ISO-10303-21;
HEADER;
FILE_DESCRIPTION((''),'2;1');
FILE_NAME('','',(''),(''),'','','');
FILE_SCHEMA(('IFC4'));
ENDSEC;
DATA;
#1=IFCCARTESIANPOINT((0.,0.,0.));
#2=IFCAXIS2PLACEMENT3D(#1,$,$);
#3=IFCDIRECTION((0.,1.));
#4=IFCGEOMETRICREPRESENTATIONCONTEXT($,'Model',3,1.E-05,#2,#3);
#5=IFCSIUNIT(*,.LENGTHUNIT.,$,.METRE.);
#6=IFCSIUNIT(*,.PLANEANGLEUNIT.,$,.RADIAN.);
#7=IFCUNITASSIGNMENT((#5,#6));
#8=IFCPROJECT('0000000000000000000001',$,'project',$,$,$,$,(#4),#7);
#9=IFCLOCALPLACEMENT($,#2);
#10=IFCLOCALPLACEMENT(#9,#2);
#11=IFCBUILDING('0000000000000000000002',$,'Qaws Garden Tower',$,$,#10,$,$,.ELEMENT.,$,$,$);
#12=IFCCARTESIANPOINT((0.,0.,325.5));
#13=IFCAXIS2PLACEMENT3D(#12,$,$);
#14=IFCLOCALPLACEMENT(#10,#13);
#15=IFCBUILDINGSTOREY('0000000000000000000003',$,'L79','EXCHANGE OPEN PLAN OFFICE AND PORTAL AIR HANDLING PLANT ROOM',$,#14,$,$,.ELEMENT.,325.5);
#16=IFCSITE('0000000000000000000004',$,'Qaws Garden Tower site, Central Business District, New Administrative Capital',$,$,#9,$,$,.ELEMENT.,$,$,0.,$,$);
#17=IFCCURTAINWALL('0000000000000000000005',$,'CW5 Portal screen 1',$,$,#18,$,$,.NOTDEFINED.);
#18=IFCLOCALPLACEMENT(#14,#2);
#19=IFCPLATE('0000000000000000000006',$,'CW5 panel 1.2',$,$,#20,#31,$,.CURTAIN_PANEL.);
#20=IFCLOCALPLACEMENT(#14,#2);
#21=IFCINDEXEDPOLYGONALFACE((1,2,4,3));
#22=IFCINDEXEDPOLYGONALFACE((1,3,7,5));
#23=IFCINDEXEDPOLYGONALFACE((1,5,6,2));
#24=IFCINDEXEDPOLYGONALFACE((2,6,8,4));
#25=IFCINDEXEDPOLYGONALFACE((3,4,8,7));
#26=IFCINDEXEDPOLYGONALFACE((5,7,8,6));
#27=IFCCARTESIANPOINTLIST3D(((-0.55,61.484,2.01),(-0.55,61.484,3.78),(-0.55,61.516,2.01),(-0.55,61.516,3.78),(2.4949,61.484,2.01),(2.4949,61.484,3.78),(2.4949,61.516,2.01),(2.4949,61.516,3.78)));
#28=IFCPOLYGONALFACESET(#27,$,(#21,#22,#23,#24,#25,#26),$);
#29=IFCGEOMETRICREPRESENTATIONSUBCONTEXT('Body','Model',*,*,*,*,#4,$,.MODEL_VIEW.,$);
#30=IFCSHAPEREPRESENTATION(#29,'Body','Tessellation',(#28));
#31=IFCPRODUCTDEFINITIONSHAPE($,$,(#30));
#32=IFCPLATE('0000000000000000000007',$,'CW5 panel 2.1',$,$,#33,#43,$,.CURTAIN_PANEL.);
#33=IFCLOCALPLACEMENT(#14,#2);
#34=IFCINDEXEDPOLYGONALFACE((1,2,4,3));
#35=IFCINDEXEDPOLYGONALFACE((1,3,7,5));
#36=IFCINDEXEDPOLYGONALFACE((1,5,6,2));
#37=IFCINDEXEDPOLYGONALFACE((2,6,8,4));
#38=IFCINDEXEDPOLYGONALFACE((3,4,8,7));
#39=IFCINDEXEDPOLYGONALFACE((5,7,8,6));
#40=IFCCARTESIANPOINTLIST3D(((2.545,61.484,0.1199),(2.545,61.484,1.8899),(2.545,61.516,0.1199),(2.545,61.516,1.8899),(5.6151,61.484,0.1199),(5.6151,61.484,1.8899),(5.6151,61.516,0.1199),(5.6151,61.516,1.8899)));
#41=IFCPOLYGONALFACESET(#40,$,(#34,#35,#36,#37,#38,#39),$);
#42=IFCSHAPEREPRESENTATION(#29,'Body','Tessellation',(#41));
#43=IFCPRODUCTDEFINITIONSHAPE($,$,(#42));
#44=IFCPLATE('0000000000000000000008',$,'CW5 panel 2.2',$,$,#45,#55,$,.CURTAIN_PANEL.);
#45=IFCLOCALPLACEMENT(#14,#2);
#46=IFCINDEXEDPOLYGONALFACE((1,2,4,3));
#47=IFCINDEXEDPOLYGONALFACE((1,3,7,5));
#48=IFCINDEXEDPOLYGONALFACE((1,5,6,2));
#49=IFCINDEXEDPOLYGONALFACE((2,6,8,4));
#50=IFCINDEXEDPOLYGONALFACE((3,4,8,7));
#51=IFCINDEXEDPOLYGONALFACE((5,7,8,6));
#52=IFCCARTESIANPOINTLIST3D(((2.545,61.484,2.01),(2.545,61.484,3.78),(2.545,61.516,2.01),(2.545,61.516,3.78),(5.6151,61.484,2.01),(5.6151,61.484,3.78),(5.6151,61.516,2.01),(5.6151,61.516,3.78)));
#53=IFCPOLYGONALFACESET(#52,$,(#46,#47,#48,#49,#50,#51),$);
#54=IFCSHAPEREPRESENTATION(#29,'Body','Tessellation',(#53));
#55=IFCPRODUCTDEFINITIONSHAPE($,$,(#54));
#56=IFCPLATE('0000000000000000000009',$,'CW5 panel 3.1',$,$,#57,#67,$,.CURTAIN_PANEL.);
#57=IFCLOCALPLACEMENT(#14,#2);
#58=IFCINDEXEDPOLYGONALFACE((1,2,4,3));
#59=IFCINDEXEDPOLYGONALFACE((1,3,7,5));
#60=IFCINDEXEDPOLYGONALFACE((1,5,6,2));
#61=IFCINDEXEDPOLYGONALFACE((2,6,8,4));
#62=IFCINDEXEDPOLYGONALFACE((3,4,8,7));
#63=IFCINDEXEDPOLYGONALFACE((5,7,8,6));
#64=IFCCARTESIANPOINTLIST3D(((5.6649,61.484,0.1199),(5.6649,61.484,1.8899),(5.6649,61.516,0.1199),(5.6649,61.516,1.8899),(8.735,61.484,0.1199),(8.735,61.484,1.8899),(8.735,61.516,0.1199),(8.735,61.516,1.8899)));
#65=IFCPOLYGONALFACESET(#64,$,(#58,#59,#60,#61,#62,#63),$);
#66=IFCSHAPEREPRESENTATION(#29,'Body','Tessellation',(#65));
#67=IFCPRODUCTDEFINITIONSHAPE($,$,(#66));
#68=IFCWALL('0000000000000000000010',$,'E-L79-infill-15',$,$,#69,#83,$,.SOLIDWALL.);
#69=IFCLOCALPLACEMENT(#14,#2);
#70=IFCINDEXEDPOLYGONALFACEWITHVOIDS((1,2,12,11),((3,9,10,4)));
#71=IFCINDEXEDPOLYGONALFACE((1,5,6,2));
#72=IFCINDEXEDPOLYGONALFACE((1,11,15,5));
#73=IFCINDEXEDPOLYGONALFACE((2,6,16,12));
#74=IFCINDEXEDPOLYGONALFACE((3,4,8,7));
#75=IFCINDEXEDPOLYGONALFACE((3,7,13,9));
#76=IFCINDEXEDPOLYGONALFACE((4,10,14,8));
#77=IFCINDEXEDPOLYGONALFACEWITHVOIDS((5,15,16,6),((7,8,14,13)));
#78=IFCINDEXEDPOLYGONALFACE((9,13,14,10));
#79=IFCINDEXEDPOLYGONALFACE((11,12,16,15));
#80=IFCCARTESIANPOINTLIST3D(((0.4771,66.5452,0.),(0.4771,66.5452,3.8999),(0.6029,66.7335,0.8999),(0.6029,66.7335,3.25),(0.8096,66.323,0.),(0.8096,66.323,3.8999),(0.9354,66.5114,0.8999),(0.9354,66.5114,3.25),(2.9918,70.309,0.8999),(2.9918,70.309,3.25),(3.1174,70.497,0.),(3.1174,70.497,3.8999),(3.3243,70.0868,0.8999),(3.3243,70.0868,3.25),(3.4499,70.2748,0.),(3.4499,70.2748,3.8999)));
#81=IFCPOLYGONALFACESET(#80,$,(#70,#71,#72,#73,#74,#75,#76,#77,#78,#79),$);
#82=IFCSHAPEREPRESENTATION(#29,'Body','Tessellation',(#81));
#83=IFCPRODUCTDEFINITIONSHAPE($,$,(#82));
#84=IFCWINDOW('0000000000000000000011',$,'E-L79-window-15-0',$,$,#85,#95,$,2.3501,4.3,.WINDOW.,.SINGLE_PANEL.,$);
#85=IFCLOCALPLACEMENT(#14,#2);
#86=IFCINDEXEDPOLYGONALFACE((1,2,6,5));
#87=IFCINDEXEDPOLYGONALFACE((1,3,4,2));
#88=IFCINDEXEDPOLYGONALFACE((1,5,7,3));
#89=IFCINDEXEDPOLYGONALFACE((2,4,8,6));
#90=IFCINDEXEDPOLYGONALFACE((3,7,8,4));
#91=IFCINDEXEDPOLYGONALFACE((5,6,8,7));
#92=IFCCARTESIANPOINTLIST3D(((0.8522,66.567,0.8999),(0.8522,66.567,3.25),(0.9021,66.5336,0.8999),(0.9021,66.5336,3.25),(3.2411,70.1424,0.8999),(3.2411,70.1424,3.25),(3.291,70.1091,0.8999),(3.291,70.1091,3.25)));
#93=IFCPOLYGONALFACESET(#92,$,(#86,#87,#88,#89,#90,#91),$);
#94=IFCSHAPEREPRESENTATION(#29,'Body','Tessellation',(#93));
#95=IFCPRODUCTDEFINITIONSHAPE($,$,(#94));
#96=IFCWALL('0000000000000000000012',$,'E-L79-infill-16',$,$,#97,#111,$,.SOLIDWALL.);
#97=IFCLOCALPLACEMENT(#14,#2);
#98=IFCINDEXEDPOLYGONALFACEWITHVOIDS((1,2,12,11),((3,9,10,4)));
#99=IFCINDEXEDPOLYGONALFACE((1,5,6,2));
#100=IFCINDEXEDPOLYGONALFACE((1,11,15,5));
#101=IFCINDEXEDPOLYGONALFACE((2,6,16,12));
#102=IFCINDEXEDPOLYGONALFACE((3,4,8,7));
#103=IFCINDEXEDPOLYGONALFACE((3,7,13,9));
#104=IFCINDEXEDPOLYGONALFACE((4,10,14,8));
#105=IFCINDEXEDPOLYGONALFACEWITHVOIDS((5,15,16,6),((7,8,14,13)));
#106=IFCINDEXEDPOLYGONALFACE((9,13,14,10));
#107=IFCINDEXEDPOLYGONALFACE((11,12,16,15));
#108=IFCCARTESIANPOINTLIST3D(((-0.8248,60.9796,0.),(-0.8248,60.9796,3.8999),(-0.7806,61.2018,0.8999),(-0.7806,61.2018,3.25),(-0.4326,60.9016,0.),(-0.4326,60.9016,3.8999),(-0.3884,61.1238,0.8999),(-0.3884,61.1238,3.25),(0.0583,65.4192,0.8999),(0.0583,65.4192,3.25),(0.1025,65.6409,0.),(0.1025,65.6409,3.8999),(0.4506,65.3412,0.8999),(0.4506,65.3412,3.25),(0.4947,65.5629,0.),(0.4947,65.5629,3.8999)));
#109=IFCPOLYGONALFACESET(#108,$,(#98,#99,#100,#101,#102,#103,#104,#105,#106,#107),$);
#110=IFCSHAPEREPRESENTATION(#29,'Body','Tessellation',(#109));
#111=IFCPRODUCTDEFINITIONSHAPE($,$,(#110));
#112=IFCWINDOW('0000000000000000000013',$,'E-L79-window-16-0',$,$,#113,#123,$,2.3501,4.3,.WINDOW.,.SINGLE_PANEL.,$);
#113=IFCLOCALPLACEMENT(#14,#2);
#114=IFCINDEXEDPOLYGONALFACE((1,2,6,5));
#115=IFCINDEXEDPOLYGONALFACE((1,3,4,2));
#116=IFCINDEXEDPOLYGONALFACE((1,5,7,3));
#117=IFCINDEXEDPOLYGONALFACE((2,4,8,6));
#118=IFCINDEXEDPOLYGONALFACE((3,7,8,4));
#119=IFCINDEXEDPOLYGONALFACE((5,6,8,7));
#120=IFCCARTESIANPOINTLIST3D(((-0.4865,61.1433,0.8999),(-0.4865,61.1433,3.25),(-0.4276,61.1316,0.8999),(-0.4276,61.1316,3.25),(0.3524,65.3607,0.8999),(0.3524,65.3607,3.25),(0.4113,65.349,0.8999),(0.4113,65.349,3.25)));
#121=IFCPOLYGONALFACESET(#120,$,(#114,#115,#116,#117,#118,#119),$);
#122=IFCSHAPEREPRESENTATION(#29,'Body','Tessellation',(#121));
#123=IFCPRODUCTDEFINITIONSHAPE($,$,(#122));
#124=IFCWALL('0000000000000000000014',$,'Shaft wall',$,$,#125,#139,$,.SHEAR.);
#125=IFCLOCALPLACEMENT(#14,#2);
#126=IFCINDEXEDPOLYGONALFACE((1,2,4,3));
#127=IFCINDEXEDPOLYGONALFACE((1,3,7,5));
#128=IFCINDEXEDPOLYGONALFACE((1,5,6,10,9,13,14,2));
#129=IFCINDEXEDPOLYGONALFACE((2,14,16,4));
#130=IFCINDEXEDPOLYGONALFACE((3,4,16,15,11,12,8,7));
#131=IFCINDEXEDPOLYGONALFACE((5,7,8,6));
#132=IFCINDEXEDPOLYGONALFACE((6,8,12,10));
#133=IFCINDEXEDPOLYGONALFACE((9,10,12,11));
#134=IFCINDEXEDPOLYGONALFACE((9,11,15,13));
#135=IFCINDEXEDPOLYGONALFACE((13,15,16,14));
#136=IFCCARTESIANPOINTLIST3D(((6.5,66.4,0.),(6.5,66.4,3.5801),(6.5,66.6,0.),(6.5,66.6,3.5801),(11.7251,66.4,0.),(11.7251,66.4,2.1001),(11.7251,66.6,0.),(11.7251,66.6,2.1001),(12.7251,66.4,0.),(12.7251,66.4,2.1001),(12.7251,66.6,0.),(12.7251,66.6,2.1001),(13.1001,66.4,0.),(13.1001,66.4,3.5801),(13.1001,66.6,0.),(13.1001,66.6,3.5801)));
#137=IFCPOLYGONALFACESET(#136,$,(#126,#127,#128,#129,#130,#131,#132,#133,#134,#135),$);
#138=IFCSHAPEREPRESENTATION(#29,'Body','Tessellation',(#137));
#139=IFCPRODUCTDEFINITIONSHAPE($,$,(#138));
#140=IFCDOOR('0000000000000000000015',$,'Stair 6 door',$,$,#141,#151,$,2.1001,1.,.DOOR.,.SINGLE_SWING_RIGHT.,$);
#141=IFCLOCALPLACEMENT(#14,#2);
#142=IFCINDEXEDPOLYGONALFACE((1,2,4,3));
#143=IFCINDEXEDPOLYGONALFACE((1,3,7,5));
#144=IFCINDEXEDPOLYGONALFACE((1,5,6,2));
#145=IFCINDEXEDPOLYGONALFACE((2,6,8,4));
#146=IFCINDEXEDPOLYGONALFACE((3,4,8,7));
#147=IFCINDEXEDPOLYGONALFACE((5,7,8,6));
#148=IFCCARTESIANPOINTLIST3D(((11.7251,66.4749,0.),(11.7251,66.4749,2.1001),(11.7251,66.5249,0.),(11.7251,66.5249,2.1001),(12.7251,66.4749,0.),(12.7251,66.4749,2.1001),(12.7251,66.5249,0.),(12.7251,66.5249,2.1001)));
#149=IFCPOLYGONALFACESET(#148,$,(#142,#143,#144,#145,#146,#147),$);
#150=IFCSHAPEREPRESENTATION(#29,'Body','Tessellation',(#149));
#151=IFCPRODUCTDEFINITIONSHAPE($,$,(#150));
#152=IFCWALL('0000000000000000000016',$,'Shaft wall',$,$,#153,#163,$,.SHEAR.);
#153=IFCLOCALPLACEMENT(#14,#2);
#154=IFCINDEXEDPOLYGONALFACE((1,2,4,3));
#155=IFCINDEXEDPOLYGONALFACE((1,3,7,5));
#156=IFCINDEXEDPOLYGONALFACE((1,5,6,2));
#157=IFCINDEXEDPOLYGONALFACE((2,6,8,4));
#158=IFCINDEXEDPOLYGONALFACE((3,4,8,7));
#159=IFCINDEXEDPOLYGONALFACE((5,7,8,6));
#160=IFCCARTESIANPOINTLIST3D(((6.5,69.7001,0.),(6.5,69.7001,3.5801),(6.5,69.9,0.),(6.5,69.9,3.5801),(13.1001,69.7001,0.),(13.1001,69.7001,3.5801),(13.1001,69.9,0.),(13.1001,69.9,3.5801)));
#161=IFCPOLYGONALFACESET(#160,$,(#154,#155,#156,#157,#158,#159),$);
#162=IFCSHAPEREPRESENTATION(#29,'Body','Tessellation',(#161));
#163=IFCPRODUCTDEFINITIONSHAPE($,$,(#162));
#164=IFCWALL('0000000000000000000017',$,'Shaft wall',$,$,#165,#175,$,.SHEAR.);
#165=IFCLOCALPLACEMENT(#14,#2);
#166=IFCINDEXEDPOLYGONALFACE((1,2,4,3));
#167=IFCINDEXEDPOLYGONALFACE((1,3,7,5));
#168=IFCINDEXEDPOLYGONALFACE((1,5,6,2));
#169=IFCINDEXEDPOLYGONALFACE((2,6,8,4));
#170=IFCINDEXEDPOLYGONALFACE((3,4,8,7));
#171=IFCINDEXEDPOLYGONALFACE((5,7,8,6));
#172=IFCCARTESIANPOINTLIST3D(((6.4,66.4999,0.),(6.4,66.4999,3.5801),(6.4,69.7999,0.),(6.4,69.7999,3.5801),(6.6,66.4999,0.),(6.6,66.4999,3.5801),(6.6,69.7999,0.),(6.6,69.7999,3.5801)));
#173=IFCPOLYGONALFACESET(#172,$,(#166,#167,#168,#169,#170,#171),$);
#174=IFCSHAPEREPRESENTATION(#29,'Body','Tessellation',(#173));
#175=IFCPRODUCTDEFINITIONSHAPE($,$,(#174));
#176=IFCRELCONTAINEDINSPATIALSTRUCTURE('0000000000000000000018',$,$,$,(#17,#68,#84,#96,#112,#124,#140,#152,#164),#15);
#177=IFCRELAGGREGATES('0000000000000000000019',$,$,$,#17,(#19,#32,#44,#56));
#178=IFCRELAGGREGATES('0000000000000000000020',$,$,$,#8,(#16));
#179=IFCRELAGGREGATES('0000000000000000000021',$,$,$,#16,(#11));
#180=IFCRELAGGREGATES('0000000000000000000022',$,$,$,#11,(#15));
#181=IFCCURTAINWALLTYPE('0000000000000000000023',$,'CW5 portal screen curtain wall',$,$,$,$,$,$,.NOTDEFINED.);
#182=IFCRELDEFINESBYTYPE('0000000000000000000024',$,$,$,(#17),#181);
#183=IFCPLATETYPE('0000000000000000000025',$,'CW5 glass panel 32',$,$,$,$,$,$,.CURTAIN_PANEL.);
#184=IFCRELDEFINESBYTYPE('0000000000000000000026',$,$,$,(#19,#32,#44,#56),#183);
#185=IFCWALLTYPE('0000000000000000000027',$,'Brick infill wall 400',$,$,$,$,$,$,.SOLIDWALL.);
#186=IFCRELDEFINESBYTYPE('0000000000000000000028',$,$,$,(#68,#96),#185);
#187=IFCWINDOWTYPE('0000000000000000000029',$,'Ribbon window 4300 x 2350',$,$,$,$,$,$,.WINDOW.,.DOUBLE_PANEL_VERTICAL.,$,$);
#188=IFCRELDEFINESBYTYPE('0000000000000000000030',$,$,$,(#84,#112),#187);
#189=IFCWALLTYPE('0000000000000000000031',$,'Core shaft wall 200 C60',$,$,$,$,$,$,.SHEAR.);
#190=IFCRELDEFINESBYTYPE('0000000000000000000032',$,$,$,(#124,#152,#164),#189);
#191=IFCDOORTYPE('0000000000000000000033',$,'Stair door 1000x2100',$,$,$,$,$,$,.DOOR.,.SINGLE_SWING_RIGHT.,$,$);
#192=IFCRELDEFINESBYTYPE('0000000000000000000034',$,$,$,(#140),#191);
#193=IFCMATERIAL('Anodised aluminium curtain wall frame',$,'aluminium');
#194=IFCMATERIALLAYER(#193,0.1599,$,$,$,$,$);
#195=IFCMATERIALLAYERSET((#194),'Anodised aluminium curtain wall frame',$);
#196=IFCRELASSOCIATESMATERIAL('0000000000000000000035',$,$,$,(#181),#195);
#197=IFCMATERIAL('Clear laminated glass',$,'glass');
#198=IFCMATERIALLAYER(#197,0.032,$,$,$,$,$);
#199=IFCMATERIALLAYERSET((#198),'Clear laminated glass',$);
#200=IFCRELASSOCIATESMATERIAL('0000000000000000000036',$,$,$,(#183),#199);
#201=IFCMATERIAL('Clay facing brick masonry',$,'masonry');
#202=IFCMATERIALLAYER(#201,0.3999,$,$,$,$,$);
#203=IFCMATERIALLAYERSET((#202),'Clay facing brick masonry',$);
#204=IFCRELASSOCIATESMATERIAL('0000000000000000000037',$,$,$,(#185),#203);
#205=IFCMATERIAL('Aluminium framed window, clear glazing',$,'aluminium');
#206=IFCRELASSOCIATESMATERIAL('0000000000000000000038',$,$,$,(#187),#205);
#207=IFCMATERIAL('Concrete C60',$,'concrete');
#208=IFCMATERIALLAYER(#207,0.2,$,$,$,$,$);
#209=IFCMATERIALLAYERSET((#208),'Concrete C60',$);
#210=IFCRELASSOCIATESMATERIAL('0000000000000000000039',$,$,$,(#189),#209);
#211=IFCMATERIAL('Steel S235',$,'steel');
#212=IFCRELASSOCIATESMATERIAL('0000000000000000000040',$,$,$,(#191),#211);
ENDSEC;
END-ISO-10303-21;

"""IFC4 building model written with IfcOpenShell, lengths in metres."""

from ifc_helpers import new_model, si_unit, direction, frame, frame_2d, origin, origin_2d, place, context, subcontext, project, spatial, rectangle, extrude, material, layer, layer_set, type_object, element, fill, aggregate, save


model = new_model("IFC4")

# Units and contexts
model_context = context("Model", 3, precision=1e-05, world=origin(), true_north=direction((0.0, 1.0)))
body_context = subcontext(model_context, "Body", "Model", "MODEL_VIEW")
ifc_project = project(units=[si_unit("LENGTHUNIT", "METRE"), si_unit("PLANEANGLEUNIT", "RADIAN")], contexts=[model_context])

# Site, building, storey
site_placement = place(None, origin())
site = spatial("IfcSite", under=ifc_project, at=site_placement, Name="Qaws Garden Tower site, Central Business District, New Administrative Capital", CompositionType="ELEMENT", RefElevation=0.0)
building_placement = place(site_placement, origin())
building = spatial("IfcBuilding", under=site, at=building_placement, Name="Qaws Garden Tower", CompositionType="ELEMENT")
storey_placement = place(building_placement, frame((0.0, 0.0, 325.5)))
storey = spatial("IfcBuildingStorey", under=building, at=storey_placement, Name="L79", Description="EXCHANGE OPEN PLAN OFFICE AND PORTAL AIR HANDLING PLANT ROOM", CompositionType="ELEMENT", Elevation=325.5)

# Curtain wall
ifc_material_1 = material(Name="Anodised aluminium curtain wall frame", Category="aluminium")
ifc_layer_1 = layer(ifc_material_1, 0.1599)
ifc_layer_set_1 = layer_set([ifc_layer_1], Name="Anodised aluminium curtain wall frame")
curtain_wall_type = type_object("IfcCurtainWallType", Name="CW5 portal screen curtain wall", PredefinedType="NOTDEFINED", material=ifc_layer_set_1)
curtain_wall_placement = place(storey_placement, origin())
curtain_wall = element("IfcCurtainWall", 1, at=curtain_wall_placement, inside=storey, type_object=curtain_wall_type, Name="CW5 Portal screen 1", PredefinedType="NOTDEFINED")

# Plates
ifc_material_2 = material(Name="Clear laminated glass", Category="glass")
ifc_layer_2 = layer(ifc_material_2, 0.032)
ifc_layer_set_2 = layer_set([ifc_layer_2], Name="Clear laminated glass")
plate_type = type_object("IfcPlateType", Name="CW5 glass panel 32", PredefinedType="CURTAIN_PANEL", material=ifc_layer_set_2)
plate_1_placement = place(storey_placement, frame((0.9724, 61.5, 2.01), z_axis=(0.0, 0.0, 1.0), x_axis=(1.0, 0.0, 0.0)))
plate_1 = element("IfcPlate", 2, at=plate_1_placement, type_object=plate_type, Name="CW5 panel 1.2", PredefinedType="CURTAIN_PANEL", context=body_context, shape_type="SweptSolid", body=[
    extrude(rectangle(XDim=3.0449, YDim=0.032, at=origin_2d()), origin(), (0.0, 0.0, 1.0), 1.77),
])
plate_2_placement = place(storey_placement, frame((4.0801, 61.5, 0.1199), z_axis=(0.0, 0.0, 1.0), x_axis=(1.0, 0.0, 0.0)))
plate_2 = element("IfcPlate", 3, at=plate_2_placement, type_object=plate_type, Name="CW5 panel 2.1", PredefinedType="CURTAIN_PANEL", context=body_context, shape_type="SweptSolid", body=[
    extrude(rectangle(XDim=3.0701, YDim=0.032, at=origin_2d()), origin(), (0.0, 0.0, 1.0), 1.77),
])
plate_3_placement = place(storey_placement, frame((4.0801, 61.5, 2.01), z_axis=(0.0, 0.0, 1.0), x_axis=(1.0, 0.0, 0.0)))
plate_3 = element("IfcPlate", 4, at=plate_3_placement, type_object=plate_type, Name="CW5 panel 2.2", PredefinedType="CURTAIN_PANEL", context=body_context, shape_type="SweptSolid", body=[
    extrude(rectangle(XDim=3.0701, YDim=0.032, at=origin_2d()), origin(), (0.0, 0.0, 1.0), 1.77),
])
plate_4_placement = place(storey_placement, frame((7.2, 61.5, 0.1199), z_axis=(0.0, 0.0, 1.0), x_axis=(1.0, 0.0, 0.0)))
plate_4 = element("IfcPlate", 5, at=plate_4_placement, type_object=plate_type, Name="CW5 panel 3.1", PredefinedType="CURTAIN_PANEL", context=body_context, shape_type="SweptSolid", body=[
    extrude(rectangle(XDim=3.0701, YDim=0.032, at=origin_2d()), origin(), (0.0, 0.0, 1.0), 1.77),
])
aggregate(curtain_wall, [plate_1, plate_2, plate_3, plate_4])

# Walls, openings, windows
ifc_material_3 = material(Name="Clay facing brick masonry", Category="masonry")
ifc_layer_3 = layer(ifc_material_3, 0.3999)
ifc_layer_set_3 = layer_set([ifc_layer_3], Name="Clay facing brick masonry")
wall_type_1 = type_object("IfcWallType", Name="Brick infill wall 400", PredefinedType="SOLIDWALL", material=ifc_layer_set_3)
wall_1_placement = place(storey_placement, frame((3.2837, 70.386, 0.0), z_axis=(0.0, 0.0, 1.0), x_axis=(-0.555542, -0.831489, 0.0)))
wall_1 = element("IfcWall", 6, at=wall_1_placement, inside=storey, type_object=wall_type_1, Name="E-L79-infill-15", PredefinedType="SOLIDWALL", context=body_context, shape_type="SweptSolid", body=[
    extrude(rectangle(XDim=4.7527, YDim=0.3999, at=frame_2d((2.3765, 0.0))), origin(), (0.0, 0.0, 1.0), 3.8999),
])
opening_1_placement = place(wall_1_placement, frame((0.2263, 0.0, 0.8999)))
opening_1 = element("IfcOpeningElement", 7, at=opening_1_placement, cuts=wall_1, PredefinedType="OPENING", context=body_context, shape_type="SweptSolid", body=[
    extrude(rectangle(XDim=4.3, YDim=2.3501, at=frame_2d((2.1499, 1.175))), frame((0.0, 0.21, 0.0), z_axis=(0.0, -1.0, 0.0), x_axis=(1.0, 0.0, 0.0)), (0.0, 0.0, 1.0), 0.4199),
])
ifc_material_4 = material(Name="Aluminium framed window, clear glazing", Category="aluminium")
window_type = type_object("IfcWindowType", Name="Ribbon window 4300 x 2350", PartitioningType="DOUBLE_PANEL_VERTICAL", PredefinedType="WINDOW", material=ifc_material_4)
window_1_placement = place(opening_1_placement, origin())
window_1 = element("IfcWindow", 8, at=window_1_placement, inside=storey, type_object=window_type, Name="E-L79-window-15-0", OverallHeight=2.3501, OverallWidth=4.3, PartitioningType="SINGLE_PANEL", PredefinedType="WINDOW", context=body_context, shape_type="SweptSolid", body=[
    extrude(rectangle(XDim=4.3, YDim=2.3501, at=frame_2d((2.1499, 1.175))), frame((0.0, 0.1599, 0.0), z_axis=(0.0, -1.0, 0.0), x_axis=(1.0, 0.0, 0.0)), (0.0, 0.0, 1.0), 0.0601),
])
fill(opening_1, window_1)
wall_2_placement = place(storey_placement, frame((0.2986, 65.6021, 0.0), z_axis=(0.0, 0.0, 1.0), x_axis=(-0.195099, -0.980784, 0.0)))
wall_2 = element("IfcWall", 9, at=wall_2_placement, inside=storey, type_object=wall_type_1, Name="E-L79-infill-16", PredefinedType="SOLIDWALL", context=body_context, shape_type="SweptSolid", body=[
    extrude(rectangle(XDim=4.7527, YDim=0.3999, at=frame_2d((2.3765, 0.0))), origin(), (0.0, 0.0, 1.0), 3.8999),
])
opening_2_placement = place(wall_2_placement, frame((0.2263, 0.0, 0.8999)))
opening_2 = element("IfcOpeningElement", 10, at=opening_2_placement, cuts=wall_2, PredefinedType="OPENING", context=body_context, shape_type="SweptSolid", body=[
    extrude(rectangle(XDim=4.3, YDim=2.3501, at=frame_2d((2.1499, 1.175))), frame((0.0, 0.21, 0.0), z_axis=(0.0, -1.0, 0.0), x_axis=(1.0, 0.0, 0.0)), (0.0, 0.0, 1.0), 0.4199),
])
window_2_placement = place(opening_2_placement, origin())
window_2 = element("IfcWindow", 11, at=window_2_placement, inside=storey, type_object=window_type, Name="E-L79-window-16-0", OverallHeight=2.3501, OverallWidth=4.3, PartitioningType="SINGLE_PANEL", PredefinedType="WINDOW", context=body_context, shape_type="SweptSolid", body=[
    extrude(rectangle(XDim=4.3, YDim=2.3501, at=frame_2d((2.1499, 1.175))), frame((0.0, 0.1599, 0.0), z_axis=(0.0, -1.0, 0.0), x_axis=(1.0, 0.0, 0.0)), (0.0, 0.0, 1.0), 0.0601),
])
fill(opening_2, window_2)

# Wall, opening, door
ifc_material_5 = material(Name="Concrete C60", Category="concrete")
ifc_layer_4 = layer(ifc_material_5, 0.2)
ifc_layer_set_4 = layer_set([ifc_layer_4], Name="Concrete C60")
wall_type_2 = type_object("IfcWallType", Name="Core shaft wall 200 C60", PredefinedType="SHEAR", material=ifc_layer_set_4)
wall_3_placement = place(storey_placement, frame((6.5, 66.5, 0.0), z_axis=(0.0, 0.0, 1.0), x_axis=(1.0, 0.0, 0.0)))
wall_3 = element("IfcWall", 12, at=wall_3_placement, inside=storey, type_object=wall_type_2, Name="Shaft wall", PredefinedType="SHEAR", context=body_context, shape_type="SweptSolid", body=[
    extrude(rectangle(XDim=6.6001, YDim=0.2, at=frame_2d((3.3, 0.0))), origin(), (0.0, 0.0, 1.0), 3.5801),
])
opening_3_placement = place(wall_3_placement, frame((5.2251, 0.0, 0.0)))
opening_3 = element("IfcOpeningElement", 13, at=opening_3_placement, cuts=wall_3, PredefinedType="OPENING", context=body_context, shape_type="SweptSolid", body=[
    extrude(rectangle(XDim=1.0, YDim=2.1001, at=frame_2d((0.5, 1.05))), frame((0.0, 0.1099, 0.0), z_axis=(0.0, -1.0, 0.0), x_axis=(1.0, 0.0, 0.0)), (0.0, 0.0, 1.0), 0.22),
])
ifc_material_6 = material(Name="Steel S235", Category="steel")
door_type = type_object("IfcDoorType", Name="Stair door 1000x2100", OperationType="SINGLE_SWING_RIGHT", PredefinedType="DOOR", material=ifc_material_6)
door_placement = place(opening_3_placement, origin())
door = element("IfcDoor", 14, at=door_placement, inside=storey, type_object=door_type, Name="Stair 6 door", OperationType="SINGLE_SWING_RIGHT", OverallHeight=2.1001, OverallWidth=1.0, PredefinedType="DOOR", context=body_context, shape_type="SweptSolid", body=[
    extrude(rectangle(XDim=1.0, YDim=2.1001, at=frame_2d((0.5, 1.05))), frame((0.0, 0.0249, 0.0), z_axis=(0.0, -1.0, 0.0), x_axis=(1.0, 0.0, 0.0)), (0.0, 0.0, 1.0), 0.05),
])
fill(opening_3, door)

# Walls
wall_4_placement = place(storey_placement, frame((6.5, 69.8, 0.0), z_axis=(0.0, 0.0, 1.0), x_axis=(1.0, 0.0, 0.0)))
element("IfcWall", 15, at=wall_4_placement, inside=storey, type_object=wall_type_2, Name="Shaft wall", PredefinedType="SHEAR", context=body_context, shape_type="SweptSolid", body=[
    extrude(rectangle(XDim=6.6001, YDim=0.2, at=frame_2d((3.3, 0.0))), origin(), (0.0, 0.0, 1.0), 3.5801),
])
wall_5_placement = place(storey_placement, frame((6.5, 66.5, 0.0), z_axis=(0.0, 0.0, 1.0), x_axis=(0.0, 1.0, 0.0)))
element("IfcWall", 16, at=wall_5_placement, inside=storey, type_object=wall_type_2, Name="Shaft wall", PredefinedType="SHEAR", context=body_context, shape_type="SweptSolid", body=[
    extrude(rectangle(XDim=3.3, YDim=0.2, at=frame_2d((1.6499, 0.0))), origin(), (0.0, 0.0, 1.0), 3.5801),
])

save(model, "model.ifc")
